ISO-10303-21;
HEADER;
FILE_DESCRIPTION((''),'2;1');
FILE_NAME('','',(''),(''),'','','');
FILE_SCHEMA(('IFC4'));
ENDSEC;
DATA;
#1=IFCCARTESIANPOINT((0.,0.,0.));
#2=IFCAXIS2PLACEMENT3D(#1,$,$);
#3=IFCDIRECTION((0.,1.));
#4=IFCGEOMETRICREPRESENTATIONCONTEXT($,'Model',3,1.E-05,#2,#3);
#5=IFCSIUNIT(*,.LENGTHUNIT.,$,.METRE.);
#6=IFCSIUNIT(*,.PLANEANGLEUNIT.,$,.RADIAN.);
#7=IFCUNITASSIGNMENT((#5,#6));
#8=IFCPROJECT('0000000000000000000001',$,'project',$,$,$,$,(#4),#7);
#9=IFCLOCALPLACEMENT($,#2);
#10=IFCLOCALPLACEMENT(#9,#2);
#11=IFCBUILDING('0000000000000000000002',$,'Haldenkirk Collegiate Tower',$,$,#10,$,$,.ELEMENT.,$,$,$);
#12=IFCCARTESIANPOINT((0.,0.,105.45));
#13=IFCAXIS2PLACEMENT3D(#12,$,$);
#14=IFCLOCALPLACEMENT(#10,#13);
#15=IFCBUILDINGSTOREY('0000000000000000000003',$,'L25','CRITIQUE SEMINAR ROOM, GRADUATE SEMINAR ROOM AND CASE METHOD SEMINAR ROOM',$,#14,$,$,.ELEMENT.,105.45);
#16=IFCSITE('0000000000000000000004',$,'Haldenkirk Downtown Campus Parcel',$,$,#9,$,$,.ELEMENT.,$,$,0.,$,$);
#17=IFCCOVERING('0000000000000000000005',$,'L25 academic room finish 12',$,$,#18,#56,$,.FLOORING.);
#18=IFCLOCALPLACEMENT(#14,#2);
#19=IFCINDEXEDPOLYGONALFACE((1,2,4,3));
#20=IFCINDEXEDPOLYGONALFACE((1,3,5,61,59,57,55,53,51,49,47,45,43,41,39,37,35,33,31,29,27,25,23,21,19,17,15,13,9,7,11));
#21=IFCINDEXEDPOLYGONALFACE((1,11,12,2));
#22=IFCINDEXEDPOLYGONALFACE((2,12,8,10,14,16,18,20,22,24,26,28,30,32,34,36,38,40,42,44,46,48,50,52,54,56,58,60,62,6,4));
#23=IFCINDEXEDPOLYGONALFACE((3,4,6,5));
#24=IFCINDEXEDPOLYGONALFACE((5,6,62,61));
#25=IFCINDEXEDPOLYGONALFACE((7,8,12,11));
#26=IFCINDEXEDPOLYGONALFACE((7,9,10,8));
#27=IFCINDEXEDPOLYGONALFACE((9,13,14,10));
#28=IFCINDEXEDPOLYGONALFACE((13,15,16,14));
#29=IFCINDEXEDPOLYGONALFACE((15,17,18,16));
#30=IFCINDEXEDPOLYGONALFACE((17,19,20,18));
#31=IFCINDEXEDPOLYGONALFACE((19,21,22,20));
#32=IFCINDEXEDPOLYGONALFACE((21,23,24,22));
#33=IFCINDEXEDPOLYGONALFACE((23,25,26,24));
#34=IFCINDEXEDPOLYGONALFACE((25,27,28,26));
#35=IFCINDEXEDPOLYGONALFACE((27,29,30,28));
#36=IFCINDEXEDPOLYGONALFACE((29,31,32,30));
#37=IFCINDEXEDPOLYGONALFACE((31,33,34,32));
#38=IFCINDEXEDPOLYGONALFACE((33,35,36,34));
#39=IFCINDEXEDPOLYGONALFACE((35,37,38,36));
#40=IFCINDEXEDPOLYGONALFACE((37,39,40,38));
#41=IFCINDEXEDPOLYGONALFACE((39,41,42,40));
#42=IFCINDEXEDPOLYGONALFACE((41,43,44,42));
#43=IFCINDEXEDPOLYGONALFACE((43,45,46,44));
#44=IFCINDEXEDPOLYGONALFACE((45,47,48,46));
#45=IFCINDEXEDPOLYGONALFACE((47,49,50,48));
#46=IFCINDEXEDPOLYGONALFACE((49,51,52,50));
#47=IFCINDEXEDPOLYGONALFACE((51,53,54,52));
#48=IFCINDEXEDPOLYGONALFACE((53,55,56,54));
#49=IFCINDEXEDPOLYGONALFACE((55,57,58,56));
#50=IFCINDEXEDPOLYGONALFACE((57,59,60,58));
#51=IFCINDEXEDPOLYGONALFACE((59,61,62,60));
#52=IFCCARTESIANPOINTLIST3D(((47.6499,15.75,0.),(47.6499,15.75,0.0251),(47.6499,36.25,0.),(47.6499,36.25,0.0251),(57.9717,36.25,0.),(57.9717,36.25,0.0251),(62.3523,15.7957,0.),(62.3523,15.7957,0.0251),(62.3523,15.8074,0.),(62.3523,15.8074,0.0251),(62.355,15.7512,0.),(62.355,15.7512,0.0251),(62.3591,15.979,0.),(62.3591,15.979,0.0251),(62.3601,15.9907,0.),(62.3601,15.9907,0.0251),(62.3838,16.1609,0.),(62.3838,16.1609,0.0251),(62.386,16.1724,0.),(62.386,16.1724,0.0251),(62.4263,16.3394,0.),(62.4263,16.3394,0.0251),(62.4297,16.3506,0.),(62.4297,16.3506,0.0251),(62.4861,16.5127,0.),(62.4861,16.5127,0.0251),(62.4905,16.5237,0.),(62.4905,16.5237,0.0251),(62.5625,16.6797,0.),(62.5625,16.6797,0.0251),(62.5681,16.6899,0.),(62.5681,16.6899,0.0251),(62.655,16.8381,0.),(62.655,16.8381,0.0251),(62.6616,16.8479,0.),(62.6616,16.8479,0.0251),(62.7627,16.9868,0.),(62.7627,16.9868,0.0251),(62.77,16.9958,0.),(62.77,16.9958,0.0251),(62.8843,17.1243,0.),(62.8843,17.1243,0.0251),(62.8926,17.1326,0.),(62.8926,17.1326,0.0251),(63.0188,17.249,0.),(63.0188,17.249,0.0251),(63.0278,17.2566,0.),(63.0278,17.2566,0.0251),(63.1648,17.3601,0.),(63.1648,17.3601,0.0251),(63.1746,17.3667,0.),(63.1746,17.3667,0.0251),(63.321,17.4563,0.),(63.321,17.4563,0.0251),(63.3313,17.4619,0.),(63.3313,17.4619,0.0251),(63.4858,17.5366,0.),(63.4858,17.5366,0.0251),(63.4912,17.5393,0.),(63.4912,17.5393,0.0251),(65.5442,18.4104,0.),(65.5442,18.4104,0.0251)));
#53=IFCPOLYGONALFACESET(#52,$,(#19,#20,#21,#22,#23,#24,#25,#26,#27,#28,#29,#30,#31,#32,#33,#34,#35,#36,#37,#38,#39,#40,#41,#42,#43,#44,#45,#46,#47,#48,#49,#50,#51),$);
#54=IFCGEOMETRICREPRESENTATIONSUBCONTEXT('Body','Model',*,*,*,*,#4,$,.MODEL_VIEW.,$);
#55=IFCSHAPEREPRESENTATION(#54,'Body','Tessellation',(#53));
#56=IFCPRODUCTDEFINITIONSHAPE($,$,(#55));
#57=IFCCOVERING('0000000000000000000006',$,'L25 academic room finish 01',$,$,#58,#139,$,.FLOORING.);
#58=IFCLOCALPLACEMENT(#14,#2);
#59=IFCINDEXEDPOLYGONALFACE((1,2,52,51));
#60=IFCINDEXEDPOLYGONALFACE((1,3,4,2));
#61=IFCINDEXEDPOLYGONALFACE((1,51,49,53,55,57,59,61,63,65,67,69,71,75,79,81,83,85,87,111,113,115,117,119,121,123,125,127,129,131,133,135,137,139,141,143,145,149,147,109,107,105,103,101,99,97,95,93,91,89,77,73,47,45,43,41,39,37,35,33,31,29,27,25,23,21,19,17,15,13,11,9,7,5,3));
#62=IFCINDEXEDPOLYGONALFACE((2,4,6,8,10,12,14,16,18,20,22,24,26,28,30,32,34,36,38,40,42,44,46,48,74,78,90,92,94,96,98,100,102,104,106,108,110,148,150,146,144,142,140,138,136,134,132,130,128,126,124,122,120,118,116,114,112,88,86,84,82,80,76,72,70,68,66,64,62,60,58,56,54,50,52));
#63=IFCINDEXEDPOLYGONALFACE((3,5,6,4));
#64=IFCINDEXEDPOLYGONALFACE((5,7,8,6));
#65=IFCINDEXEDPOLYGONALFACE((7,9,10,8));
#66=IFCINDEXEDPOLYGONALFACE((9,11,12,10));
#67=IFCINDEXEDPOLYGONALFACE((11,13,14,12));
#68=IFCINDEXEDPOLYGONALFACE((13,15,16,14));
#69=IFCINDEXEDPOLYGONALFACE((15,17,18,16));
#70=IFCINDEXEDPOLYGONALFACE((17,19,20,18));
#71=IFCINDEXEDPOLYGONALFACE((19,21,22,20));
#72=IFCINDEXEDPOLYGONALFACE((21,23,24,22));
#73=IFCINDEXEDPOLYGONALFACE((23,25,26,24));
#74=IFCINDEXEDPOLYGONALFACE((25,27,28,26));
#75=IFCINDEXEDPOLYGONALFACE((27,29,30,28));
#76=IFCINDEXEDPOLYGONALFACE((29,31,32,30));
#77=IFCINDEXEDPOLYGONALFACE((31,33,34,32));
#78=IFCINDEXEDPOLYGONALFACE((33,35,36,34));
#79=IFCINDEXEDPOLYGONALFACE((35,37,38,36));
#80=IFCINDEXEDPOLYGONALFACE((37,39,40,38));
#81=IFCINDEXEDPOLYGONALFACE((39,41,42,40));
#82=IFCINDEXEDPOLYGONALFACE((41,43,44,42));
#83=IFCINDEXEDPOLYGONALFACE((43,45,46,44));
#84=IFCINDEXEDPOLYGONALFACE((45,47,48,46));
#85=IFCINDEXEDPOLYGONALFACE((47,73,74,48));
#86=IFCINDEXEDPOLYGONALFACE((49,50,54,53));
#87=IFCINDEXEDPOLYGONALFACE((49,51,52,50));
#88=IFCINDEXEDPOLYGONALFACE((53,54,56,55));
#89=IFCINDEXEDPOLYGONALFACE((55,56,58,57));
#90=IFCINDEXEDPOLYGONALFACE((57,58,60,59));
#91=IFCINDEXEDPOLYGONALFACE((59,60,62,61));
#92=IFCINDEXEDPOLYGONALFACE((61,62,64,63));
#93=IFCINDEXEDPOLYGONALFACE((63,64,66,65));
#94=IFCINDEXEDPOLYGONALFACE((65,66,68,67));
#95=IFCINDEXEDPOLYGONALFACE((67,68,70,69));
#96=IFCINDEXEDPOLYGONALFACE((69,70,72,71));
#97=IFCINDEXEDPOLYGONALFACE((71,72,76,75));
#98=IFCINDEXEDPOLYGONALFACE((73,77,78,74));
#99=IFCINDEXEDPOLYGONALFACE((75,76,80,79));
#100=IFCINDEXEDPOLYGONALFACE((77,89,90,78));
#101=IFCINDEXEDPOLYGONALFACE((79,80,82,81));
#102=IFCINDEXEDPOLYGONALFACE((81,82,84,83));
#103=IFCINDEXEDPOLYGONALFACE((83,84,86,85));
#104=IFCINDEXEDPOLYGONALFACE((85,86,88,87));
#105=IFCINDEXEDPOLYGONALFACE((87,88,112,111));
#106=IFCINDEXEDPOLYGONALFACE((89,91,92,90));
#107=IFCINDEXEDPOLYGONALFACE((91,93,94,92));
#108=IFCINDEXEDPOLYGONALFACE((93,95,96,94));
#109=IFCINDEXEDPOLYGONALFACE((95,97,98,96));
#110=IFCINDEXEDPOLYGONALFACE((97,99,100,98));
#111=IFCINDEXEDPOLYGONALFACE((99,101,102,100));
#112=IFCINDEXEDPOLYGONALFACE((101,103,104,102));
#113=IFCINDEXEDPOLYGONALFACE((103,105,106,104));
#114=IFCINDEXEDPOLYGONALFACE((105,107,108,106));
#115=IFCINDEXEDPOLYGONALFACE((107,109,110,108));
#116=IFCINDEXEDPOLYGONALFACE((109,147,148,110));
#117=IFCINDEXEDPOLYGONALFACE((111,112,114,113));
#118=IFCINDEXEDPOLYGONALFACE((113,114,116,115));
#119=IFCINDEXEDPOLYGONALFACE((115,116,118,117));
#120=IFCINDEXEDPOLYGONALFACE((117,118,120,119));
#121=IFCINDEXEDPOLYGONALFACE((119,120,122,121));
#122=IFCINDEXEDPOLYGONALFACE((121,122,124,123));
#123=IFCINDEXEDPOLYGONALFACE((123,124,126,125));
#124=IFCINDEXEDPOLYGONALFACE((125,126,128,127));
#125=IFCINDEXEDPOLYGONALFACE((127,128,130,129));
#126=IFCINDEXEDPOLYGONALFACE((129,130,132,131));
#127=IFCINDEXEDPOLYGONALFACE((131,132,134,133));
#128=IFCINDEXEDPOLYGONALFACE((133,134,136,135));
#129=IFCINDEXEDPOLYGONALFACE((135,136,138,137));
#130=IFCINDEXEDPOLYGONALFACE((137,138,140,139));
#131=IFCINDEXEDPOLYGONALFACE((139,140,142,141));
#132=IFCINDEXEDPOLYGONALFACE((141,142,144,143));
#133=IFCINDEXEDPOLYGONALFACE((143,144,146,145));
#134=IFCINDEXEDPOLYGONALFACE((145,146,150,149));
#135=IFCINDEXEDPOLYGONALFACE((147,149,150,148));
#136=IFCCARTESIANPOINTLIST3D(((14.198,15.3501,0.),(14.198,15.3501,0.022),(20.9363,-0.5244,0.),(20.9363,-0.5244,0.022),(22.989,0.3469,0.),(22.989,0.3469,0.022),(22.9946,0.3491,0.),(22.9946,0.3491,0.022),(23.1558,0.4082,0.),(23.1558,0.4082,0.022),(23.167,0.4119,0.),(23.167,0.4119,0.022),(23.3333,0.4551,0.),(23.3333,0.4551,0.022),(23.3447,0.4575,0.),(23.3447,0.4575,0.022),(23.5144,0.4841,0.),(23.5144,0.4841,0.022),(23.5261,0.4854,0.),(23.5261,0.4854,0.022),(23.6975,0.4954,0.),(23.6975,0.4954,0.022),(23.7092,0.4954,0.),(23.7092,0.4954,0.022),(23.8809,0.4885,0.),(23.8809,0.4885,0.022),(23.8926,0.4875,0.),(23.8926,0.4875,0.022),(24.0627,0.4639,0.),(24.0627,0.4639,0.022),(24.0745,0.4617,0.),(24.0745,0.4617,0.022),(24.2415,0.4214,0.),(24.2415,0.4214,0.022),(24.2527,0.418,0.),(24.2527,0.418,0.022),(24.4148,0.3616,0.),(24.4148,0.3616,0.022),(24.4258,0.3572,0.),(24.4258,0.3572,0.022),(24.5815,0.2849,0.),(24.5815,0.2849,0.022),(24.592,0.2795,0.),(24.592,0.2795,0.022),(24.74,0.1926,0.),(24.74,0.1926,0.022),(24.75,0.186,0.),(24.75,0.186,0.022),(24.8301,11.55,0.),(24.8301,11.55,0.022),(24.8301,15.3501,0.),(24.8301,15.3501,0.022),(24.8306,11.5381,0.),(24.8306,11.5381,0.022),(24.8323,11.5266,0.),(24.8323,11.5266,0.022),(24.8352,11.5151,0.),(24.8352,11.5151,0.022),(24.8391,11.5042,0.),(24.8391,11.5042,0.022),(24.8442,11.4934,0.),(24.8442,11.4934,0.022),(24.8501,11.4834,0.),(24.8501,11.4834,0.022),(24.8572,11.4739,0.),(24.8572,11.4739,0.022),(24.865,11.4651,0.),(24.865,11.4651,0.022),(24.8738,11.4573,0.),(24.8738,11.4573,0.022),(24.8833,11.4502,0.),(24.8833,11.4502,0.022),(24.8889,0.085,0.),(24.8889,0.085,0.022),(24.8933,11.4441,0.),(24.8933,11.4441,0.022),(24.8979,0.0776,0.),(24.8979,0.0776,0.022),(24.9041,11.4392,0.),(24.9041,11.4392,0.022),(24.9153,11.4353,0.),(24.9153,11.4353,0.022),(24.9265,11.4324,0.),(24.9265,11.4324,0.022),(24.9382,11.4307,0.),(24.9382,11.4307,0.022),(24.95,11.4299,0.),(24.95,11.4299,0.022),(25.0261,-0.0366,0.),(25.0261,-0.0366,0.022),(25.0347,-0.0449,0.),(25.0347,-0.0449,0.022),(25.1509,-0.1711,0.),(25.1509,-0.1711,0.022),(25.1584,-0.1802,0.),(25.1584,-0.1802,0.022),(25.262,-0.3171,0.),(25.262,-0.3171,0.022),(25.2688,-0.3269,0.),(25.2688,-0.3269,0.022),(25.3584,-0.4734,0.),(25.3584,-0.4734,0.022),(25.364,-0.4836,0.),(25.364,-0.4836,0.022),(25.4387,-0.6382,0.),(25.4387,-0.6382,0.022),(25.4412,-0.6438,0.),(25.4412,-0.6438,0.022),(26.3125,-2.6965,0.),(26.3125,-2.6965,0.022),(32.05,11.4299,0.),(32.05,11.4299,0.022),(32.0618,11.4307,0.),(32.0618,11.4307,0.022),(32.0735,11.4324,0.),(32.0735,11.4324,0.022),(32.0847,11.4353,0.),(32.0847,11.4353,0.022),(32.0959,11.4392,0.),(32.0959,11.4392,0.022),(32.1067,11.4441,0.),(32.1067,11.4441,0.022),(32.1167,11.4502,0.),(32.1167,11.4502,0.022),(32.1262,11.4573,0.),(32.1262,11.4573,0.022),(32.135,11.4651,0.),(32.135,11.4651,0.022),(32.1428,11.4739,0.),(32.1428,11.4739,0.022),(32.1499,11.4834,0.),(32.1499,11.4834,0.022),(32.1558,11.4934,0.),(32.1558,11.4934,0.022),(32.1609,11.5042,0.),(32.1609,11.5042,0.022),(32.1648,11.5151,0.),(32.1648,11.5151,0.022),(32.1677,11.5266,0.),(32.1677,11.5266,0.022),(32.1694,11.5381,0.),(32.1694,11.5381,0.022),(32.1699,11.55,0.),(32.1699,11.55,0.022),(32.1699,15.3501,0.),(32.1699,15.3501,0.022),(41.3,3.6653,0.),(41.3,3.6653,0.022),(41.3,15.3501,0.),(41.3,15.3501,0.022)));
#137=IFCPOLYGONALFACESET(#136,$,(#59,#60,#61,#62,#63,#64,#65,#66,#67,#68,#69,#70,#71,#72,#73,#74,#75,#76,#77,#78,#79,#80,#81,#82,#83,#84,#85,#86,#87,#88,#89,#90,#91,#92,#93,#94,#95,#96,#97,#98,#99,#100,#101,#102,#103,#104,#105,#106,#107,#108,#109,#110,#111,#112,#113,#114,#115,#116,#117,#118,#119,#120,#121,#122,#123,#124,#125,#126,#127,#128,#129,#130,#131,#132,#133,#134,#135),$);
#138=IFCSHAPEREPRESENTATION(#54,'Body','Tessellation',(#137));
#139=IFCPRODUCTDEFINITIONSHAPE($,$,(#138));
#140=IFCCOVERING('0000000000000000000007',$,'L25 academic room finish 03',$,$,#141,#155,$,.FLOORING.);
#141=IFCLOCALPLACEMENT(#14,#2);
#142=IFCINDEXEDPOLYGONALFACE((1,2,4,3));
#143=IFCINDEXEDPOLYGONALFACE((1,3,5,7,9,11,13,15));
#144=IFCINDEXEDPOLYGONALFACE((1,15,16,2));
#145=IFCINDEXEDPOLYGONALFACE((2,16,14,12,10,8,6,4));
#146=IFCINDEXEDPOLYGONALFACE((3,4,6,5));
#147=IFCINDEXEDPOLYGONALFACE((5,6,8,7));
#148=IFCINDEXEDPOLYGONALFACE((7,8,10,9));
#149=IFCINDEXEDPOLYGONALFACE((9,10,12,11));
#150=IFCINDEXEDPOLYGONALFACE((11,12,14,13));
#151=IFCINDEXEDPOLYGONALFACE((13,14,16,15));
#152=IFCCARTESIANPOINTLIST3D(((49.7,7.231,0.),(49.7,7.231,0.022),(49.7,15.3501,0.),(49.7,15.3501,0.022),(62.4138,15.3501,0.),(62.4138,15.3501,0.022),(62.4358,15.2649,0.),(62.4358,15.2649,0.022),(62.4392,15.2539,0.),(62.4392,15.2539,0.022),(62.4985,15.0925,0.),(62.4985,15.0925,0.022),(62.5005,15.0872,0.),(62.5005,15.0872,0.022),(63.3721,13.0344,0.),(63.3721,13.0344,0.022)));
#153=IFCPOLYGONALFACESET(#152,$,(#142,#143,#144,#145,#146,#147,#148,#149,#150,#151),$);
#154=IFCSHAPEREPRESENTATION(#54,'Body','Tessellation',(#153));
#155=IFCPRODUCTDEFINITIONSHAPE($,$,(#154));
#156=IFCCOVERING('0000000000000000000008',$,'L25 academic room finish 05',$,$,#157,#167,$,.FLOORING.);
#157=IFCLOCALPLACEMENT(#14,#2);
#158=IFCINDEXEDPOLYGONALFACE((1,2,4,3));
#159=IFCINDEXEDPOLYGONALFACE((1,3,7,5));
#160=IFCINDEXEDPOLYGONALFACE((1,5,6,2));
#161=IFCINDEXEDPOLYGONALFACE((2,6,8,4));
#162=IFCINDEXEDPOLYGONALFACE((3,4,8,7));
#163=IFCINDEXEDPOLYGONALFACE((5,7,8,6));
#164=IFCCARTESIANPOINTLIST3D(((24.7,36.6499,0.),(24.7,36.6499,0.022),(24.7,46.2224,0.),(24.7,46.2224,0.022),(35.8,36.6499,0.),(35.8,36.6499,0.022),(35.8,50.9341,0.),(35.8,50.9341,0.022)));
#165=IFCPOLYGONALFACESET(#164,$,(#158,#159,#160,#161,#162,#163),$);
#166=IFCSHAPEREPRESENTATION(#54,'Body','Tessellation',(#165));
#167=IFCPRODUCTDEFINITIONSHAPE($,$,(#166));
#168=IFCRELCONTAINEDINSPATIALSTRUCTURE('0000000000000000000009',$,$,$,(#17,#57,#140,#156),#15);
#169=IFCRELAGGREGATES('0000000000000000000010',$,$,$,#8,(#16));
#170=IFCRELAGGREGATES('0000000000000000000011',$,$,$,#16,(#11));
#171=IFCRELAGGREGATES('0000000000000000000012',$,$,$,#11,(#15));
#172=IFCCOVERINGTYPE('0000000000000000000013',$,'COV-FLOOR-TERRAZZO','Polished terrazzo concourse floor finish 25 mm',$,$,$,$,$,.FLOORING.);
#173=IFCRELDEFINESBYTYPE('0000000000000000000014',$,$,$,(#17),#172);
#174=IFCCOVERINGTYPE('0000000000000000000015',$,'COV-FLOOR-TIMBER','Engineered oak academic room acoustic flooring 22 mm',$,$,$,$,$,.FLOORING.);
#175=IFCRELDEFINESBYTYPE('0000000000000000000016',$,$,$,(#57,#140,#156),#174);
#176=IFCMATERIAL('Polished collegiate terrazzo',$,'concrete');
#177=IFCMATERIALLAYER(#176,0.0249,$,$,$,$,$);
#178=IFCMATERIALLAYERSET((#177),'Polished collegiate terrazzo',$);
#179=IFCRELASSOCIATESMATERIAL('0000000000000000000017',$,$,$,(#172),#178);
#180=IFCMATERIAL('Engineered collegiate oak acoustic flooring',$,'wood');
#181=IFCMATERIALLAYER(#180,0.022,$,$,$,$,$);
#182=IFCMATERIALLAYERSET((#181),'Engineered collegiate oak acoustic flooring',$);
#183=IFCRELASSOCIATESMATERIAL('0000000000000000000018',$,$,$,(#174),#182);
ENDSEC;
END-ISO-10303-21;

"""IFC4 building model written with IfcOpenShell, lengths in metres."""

from ifc_helpers import new_model, si_unit, direction, frame, origin, place, context, subcontext, project, spatial, polyline, outline, extrude, material, layer, layer_set, type_object, element, save


model = new_model("IFC4")

# Units and contexts
model_context = context("Model", 3, precision=1e-05, world=origin(), true_north=direction((0.0, 1.0)))
body_context = subcontext(model_context, "Body", "Model", "MODEL_VIEW")
ifc_project = project(units=[si_unit("LENGTHUNIT", "METRE"), si_unit("PLANEANGLEUNIT", "RADIAN")], contexts=[model_context])

# Site, building, storey
site_placement = place(None, origin())
site = spatial("IfcSite", under=ifc_project, at=site_placement, Name="Haldenkirk Downtown Campus Parcel", CompositionType="ELEMENT", RefElevation=0.0)
building_placement = place(site_placement, origin())
building = spatial("IfcBuilding", under=site, at=building_placement, Name="Haldenkirk Collegiate Tower", CompositionType="ELEMENT")
storey_placement = place(building_placement, frame((0.0, 0.0, 105.45)))
storey = spatial("IfcBuildingStorey", under=building, at=storey_placement, Name="L25", Description="CRITIQUE SEMINAR ROOM, GRADUATE SEMINAR ROOM AND CASE METHOD SEMINAR ROOM", CompositionType="ELEMENT", Elevation=105.45)

# Coverings
ifc_material_1 = material(Name="Polished collegiate terrazzo", Category="concrete")
ifc_layer_1 = layer(ifc_material_1, 0.0249)
ifc_layer_set_1 = layer_set([ifc_layer_1], Name="Polished collegiate terrazzo")
covering_type_1 = type_object("IfcCoveringType", Name="COV-FLOOR-TERRAZZO", Description="Polished terrazzo concourse floor finish 25 mm", PredefinedType="FLOORING", material=ifc_layer_set_1)
covering_1_placement = place(storey_placement, origin())
element("IfcCovering", 1, at=covering_1_placement, inside=storey, type_object=covering_type_1, Name="L25 academic room finish 12", PredefinedType="FLOORING", context=body_context, shape_type="SweptSolid", body=[
    extrude(outline(polyline([(63.4912, 17.5393), (63.4858, 17.5366), (63.3313, 17.4619), (63.321, 17.4563), (63.1746, 17.3667), (63.1648, 17.3601), (63.0278, 17.2566), (63.0188, 17.249), (62.8926, 17.1326), (62.8843, 17.1243), (62.77, 16.9958), (62.7627, 16.9868), (62.6616, 16.8479), (62.655, 16.8381), (62.5681, 16.6899), (62.5625, 16.6797), (62.4905, 16.5237), (62.4861, 16.5127), (62.4297, 16.3506), (62.4263, 16.3394), (62.386, 16.1724), (62.3838, 16.1609), (62.3601, 15.9907), (62.3591, 15.979), (62.3523, 15.8074), (62.3523, 15.7957), (62.355, 15.7512), (47.6499, 15.75), (47.6499, 36.25), (57.9717, 36.25), (65.5442, 18.4104), (63.4912, 17.5393)])), origin(), (0.0, 0.0, 1.0), 0.0251),
])
ifc_material_2 = material(Name="Engineered collegiate oak acoustic flooring", Category="wood")
ifc_layer_2 = layer(ifc_material_2, 0.022)
ifc_layer_set_2 = layer_set([ifc_layer_2], Name="Engineered collegiate oak acoustic flooring")
covering_type_2 = type_object("IfcCoveringType", Name="COV-FLOOR-TIMBER", Description="Engineered oak academic room acoustic flooring 22 mm", PredefinedType="FLOORING", material=ifc_layer_set_2)
covering_2_placement = place(storey_placement, origin())
element("IfcCovering", 2, at=covering_2_placement, inside=storey, type_object=covering_type_2, Name="L25 academic room finish 01", PredefinedType="FLOORING", context=body_context, shape_type="SweptSolid", body=[
    extrude(outline(polyline([(25.0347, -0.0449), (25.0261, -0.0366), (24.8979, 0.0776), (24.8889, 0.085), (24.75, 0.186), (24.74, 0.1926), (24.592, 0.2795), (24.5815, 0.2849), (24.4258, 0.3572), (24.4148, 0.3616), (24.2527, 0.418), (24.2415, 0.4214), (24.0745, 0.4617), (24.0627, 0.4639), (23.8926, 0.4875), (23.8809, 0.4885), (23.7092, 0.4954), (23.6975, 0.4954), (23.5261, 0.4854), (23.5144, 0.4841), (23.3447, 0.4575), (23.3333, 0.4551), (23.167, 0.4119), (23.1558, 0.4082), (22.9946, 0.3491), (22.989, 0.3469), (20.9363, -0.5244), (14.198, 15.3501), (24.8301, 15.3501), (24.8301, 11.55), (24.8306, 11.5381), (24.8323, 11.5266), (24.8352, 11.5151), (24.8391, 11.5042), (24.8442, 11.4934), (24.8501, 11.4834), (24.8572, 11.4739), (24.865, 11.4651), (24.8738, 11.4573), (24.8833, 11.4502), (24.8933, 11.4441), (24.9041, 11.4392), (24.9153, 11.4353), (24.9265, 11.4324), (24.9382, 11.4307), (24.95, 11.4299), (32.05, 11.4299), (32.0618, 11.4307), (32.0735, 11.4324), (32.0847, 11.4353), (32.0959, 11.4392), (32.1067, 11.4441), (32.1167, 11.4502), (32.1262, 11.4573), (32.135, 11.4651), (32.1428, 11.4739), (32.1499, 11.4834), (32.1558, 11.4934), (32.1609, 11.5042), (32.1648, 11.5151), (32.1677, 11.5266), (32.1694, 11.5381), (32.1699, 11.55), (32.1699, 15.3501), (41.3, 15.3501), (41.3, 3.6653), (26.3125, -2.6965), (25.4412, -0.6438), (25.4387, -0.6382), (25.364, -0.4836), (25.3584, -0.4734), (25.2688, -0.3269), (25.262, -0.3171), (25.1584, -0.1802), (25.1509, -0.1711), (25.0347, -0.0449)])), origin(), (0.0, 0.0, 1.0), 0.022),
])
covering_3_placement = place(storey_placement, origin())
element("IfcCovering", 3, at=covering_3_placement, inside=storey, type_object=covering_type_2, Name="L25 academic room finish 03", PredefinedType="FLOORING", context=body_context, shape_type="SweptSolid", body=[
    extrude(outline(polyline([(62.4138, 15.3501), (62.4358, 15.2649), (62.4392, 15.2539), (62.4985, 15.0925), (62.5005, 15.0872), (63.3721, 13.0344), (49.7, 7.231), (49.7, 15.3501), (62.4138, 15.3501)])), origin(), (0.0, 0.0, 1.0), 0.022),
])
covering_4_placement = place(storey_placement, origin())
element("IfcCovering", 4, at=covering_4_placement, inside=storey, type_object=covering_type_2, Name="L25 academic room finish 05", PredefinedType="FLOORING", context=body_context, shape_type="SweptSolid", body=[
    extrude(outline(polyline([(35.8, 50.9341), (35.8, 36.6499), (24.7, 36.6499), (24.7, 46.2224), (35.8, 50.9341)])), origin(), (0.0, 0.0, 1.0), 0.022),
])

save(model, "model.ifc")
